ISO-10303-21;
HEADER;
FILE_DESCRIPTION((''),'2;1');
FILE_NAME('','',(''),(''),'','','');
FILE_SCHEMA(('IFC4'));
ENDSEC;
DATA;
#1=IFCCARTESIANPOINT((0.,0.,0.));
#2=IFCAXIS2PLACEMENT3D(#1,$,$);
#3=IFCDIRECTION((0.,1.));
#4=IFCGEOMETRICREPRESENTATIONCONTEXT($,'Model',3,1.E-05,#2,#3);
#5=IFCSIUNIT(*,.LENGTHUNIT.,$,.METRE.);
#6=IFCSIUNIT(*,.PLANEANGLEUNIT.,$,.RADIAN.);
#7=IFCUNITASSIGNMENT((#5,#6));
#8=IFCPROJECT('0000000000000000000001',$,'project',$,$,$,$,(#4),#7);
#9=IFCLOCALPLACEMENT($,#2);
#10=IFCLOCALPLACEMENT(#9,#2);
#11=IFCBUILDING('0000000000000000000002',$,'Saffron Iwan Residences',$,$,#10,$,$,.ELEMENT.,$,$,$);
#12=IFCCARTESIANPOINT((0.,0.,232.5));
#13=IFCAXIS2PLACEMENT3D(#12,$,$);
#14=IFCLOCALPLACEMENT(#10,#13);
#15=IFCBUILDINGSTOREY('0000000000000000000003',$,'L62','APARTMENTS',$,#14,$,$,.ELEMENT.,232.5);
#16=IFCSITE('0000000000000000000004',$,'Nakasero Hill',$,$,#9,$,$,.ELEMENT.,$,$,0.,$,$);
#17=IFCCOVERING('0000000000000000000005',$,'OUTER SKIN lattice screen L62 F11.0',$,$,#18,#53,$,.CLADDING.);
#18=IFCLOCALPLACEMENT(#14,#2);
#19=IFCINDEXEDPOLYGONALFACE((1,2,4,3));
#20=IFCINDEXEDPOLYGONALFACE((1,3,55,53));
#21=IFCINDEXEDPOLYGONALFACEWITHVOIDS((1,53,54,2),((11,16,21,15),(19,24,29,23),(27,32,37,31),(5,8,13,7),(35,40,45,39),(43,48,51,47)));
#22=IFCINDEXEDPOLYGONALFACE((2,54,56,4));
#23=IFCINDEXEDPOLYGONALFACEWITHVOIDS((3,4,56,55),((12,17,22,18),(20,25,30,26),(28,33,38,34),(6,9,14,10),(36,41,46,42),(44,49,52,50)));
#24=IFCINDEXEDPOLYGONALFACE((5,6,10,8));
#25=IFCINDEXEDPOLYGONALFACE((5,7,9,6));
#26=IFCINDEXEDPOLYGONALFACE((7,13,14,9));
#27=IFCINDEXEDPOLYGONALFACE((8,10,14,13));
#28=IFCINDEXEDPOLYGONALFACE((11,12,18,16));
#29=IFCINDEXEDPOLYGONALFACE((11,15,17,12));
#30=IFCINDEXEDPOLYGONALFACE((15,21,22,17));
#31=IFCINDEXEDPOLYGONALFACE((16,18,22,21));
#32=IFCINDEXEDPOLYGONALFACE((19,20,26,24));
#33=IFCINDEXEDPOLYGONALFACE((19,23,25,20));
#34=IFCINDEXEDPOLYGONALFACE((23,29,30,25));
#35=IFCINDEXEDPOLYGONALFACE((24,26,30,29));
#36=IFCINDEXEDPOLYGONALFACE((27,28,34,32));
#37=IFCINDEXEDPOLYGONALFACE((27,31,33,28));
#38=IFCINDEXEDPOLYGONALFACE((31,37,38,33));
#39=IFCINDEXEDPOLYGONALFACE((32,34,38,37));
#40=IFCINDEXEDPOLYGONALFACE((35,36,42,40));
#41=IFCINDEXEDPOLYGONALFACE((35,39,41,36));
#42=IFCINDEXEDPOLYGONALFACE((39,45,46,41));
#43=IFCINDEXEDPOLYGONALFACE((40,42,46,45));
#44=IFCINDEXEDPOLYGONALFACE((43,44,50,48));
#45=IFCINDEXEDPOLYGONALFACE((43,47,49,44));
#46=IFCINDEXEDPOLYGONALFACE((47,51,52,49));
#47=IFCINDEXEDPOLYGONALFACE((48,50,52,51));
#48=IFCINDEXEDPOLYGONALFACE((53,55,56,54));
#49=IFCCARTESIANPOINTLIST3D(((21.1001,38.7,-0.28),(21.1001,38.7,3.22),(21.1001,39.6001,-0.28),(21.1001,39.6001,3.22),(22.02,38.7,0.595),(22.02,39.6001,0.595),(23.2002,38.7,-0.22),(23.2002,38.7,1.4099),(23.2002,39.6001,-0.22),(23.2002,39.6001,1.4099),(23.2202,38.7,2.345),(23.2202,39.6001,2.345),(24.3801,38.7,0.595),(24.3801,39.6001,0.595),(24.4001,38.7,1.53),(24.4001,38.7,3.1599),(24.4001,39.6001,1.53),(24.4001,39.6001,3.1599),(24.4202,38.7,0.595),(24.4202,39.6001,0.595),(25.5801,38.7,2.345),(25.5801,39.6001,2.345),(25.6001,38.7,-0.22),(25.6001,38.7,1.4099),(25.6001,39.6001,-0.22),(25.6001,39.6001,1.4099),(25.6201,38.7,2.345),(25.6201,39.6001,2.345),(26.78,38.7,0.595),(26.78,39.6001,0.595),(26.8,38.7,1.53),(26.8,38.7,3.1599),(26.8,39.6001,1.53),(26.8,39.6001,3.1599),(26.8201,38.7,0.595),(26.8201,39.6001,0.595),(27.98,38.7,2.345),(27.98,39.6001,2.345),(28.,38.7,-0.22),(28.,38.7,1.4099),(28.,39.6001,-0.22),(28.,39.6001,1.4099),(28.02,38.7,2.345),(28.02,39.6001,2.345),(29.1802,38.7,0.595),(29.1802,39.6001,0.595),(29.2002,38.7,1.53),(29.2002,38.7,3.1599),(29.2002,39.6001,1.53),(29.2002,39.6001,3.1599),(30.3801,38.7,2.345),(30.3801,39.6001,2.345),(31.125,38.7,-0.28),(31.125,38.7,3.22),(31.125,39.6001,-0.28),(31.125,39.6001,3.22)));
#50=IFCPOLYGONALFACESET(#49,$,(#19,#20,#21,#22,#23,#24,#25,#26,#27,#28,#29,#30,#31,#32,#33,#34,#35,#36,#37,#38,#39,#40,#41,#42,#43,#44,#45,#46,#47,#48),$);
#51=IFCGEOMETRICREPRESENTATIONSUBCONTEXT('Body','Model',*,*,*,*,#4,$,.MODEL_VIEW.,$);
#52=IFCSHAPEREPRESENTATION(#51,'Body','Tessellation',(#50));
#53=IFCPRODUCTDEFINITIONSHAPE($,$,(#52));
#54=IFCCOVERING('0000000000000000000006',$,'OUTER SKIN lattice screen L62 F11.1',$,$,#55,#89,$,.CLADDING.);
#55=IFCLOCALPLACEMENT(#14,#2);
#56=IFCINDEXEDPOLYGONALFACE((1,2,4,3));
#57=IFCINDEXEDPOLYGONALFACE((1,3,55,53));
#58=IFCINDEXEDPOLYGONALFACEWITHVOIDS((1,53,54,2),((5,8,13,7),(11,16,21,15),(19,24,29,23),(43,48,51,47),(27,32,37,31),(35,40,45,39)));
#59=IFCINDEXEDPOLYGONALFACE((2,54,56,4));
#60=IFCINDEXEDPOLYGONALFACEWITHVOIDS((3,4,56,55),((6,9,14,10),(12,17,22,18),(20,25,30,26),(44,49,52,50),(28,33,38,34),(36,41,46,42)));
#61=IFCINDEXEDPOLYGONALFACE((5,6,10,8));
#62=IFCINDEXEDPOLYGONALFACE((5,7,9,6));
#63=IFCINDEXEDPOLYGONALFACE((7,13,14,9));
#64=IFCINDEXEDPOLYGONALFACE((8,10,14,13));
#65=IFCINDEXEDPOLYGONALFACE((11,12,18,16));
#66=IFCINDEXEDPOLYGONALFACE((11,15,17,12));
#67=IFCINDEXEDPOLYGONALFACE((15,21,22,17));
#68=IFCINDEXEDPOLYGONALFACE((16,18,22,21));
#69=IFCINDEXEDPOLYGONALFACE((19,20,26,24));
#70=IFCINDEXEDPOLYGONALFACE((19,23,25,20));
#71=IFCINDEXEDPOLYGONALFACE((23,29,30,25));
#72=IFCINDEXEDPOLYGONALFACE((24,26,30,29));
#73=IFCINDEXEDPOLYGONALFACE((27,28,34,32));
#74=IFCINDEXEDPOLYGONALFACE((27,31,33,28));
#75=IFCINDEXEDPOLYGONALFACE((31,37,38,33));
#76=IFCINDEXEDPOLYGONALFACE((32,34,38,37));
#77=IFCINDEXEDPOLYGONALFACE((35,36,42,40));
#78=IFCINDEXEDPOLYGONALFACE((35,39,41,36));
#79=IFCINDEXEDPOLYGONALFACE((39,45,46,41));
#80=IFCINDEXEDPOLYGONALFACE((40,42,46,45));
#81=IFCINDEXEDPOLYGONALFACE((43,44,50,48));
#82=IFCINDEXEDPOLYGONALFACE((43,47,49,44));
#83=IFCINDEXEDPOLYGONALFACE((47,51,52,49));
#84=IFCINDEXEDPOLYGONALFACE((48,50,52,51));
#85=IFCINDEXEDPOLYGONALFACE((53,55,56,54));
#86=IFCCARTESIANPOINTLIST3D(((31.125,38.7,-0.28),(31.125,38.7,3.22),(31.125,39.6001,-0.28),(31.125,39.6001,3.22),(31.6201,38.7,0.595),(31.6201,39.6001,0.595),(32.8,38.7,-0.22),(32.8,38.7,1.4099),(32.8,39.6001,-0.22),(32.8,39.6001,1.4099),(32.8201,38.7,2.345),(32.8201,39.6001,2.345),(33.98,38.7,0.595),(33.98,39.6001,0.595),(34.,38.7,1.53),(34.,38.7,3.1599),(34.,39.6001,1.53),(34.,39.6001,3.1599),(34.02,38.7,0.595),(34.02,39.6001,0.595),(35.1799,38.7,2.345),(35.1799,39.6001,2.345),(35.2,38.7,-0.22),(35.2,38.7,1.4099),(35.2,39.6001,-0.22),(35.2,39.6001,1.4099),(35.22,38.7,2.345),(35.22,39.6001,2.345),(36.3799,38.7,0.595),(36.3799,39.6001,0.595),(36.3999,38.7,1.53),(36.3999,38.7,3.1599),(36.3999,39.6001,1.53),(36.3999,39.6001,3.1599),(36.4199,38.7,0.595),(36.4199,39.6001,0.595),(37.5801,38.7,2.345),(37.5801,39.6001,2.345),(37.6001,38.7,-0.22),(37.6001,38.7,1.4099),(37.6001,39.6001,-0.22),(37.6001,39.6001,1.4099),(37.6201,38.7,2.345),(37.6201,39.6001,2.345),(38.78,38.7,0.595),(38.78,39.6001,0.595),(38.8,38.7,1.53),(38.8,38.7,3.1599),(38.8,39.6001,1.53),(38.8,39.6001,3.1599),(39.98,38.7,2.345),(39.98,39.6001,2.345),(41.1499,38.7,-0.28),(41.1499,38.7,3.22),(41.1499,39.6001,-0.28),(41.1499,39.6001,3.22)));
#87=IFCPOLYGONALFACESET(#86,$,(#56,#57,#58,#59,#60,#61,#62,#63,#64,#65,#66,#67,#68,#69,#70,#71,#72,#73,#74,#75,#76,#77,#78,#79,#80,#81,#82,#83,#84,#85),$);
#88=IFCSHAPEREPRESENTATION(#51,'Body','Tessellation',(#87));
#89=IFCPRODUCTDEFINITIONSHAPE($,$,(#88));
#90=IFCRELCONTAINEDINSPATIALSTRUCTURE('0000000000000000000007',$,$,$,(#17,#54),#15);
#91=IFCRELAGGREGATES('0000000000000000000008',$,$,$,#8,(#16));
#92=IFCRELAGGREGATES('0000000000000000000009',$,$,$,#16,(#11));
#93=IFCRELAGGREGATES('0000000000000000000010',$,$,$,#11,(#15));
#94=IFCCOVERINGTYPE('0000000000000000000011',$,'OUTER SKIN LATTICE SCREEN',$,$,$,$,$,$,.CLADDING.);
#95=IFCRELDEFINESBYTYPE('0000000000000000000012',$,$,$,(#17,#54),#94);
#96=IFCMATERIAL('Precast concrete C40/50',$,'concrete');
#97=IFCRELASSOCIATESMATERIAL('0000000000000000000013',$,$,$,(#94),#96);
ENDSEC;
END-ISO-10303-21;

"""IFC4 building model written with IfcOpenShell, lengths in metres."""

from ifc_helpers import new_model, si_unit, direction, frame, origin, place, context, subcontext, project, spatial, polyline, outline, extrude, material, type_object, element, save


model = new_model("IFC4")

# Units and contexts
model_context = context("Model", 3, precision=1e-05, world=origin(), true_north=direction((0.0, 1.0)))
body_context = subcontext(model_context, "Body", "Model", "MODEL_VIEW")
ifc_project = project(units=[si_unit("LENGTHUNIT", "METRE"), si_unit("PLANEANGLEUNIT", "RADIAN")], contexts=[model_context])

# Site, building, storey
site_placement = place(None, origin())
site = spatial("IfcSite", under=ifc_project, at=site_placement, Name="Nakasero Hill", CompositionType="ELEMENT", RefElevation=0.0)
building_placement = place(site_placement, origin())
building = spatial("IfcBuilding", under=site, at=building_placement, Name="Saffron Iwan Residences", CompositionType="ELEMENT")
storey_placement = place(building_placement, frame((0.0, 0.0, 232.5)))
storey = spatial("IfcBuildingStorey", under=building, at=storey_placement, Name="L62", Description="APARTMENTS", CompositionType="ELEMENT", Elevation=232.5)

# Coverings
ifc_material_1 = material(Name="Precast concrete C40/50", Category="concrete")
covering_type = type_object("IfcCoveringType", Name="OUTER SKIN LATTICE SCREEN", PredefinedType="CLADDING", material=ifc_material_1)
covering_1_placement = place(storey_placement, frame((21.1001, 39.6001, -0.28), z_axis=(0.0, -1.0, 0.0), x_axis=(1.0, 0.0, 0.0)))
element("IfcCovering", 1, at=covering_1_placement, inside=storey, type_object=covering_type, Name="OUTER SKIN lattice screen L62 F11.0", PredefinedType="CLADDING", context=body_context, shape_type="SweptSolid", body=[
    extrude(outline(polyline([(0.0, 0.0), (10.0249, 0.0), (10.0249, 3.5), (0.0, 3.5), (0.0, 0.0)]), holes=[polyline([(0.9199, 0.875), (2.1001, 0.0601), (3.28, 0.875), (2.1001, 1.6899), (0.9199, 0.875)]), polyline([(3.3201, 0.875), (4.5, 0.0601), (5.6799, 0.875), (4.5, 1.6899), (3.3201, 0.875)]), polyline([(5.72, 0.875), (6.8999, 0.0601), (8.0801, 0.875), (6.8999, 1.6899), (5.72, 0.875)]), polyline([(2.1201, 2.625), (3.3, 1.8101), (4.48, 2.625), (3.3, 3.4399), (2.1201, 2.625)]), polyline([(4.52, 2.625), (5.7, 1.8101), (6.8799, 2.625), (5.7, 3.4399), (4.52, 2.625)]), polyline([(6.9199, 2.625), (8.1001, 1.8101), (9.28, 2.625), (8.1001, 3.4399), (6.9199, 2.625)])]), origin(), (0.0, 0.0, 1.0), 0.9001),
])
covering_2_placement = place(storey_placement, frame((31.125, 39.6001, -0.28), z_axis=(0.0, -1.0, 0.0), x_axis=(1.0, 0.0, 0.0)))
element("IfcCovering", 2, at=covering_2_placement, inside=storey, type_object=covering_type, Name="OUTER SKIN lattice screen L62 F11.1", PredefinedType="CLADDING", context=body_context, shape_type="SweptSolid", body=[
    extrude(outline(polyline([(0.0, 0.0), (10.0249, 0.0), (10.0249, 3.5), (0.0, 3.5), (0.0, 0.0)]), holes=[polyline([(0.4951, 0.875), (1.675, 0.0601), (2.855, 0.875), (1.675, 1.6899), (0.4951, 0.875)]), polyline([(2.895, 0.875), (4.075, 0.0601), (5.2549, 0.875), (4.075, 1.6899), (2.895, 0.875)]), polyline([(5.2949, 0.875), (6.4751, 0.0601), (7.655, 0.875), (6.4751, 1.6899), (5.2949, 0.875)]), polyline([(1.6951, 2.625), (2.875, 1.8101), (4.0549, 2.625), (2.875, 3.4399), (1.6951, 2.625)]), polyline([(4.095, 2.625), (5.2749, 1.8101), (6.4551, 2.625), (5.2749, 3.4399), (4.095, 2.625)]), polyline([(6.4951, 2.625), (7.675, 1.8101), (8.855, 2.625), (7.675, 3.4399), (6.4951, 2.625)])]), origin(), (0.0, 0.0, 1.0), 0.9001),
])

save(model, "model.ifc")
